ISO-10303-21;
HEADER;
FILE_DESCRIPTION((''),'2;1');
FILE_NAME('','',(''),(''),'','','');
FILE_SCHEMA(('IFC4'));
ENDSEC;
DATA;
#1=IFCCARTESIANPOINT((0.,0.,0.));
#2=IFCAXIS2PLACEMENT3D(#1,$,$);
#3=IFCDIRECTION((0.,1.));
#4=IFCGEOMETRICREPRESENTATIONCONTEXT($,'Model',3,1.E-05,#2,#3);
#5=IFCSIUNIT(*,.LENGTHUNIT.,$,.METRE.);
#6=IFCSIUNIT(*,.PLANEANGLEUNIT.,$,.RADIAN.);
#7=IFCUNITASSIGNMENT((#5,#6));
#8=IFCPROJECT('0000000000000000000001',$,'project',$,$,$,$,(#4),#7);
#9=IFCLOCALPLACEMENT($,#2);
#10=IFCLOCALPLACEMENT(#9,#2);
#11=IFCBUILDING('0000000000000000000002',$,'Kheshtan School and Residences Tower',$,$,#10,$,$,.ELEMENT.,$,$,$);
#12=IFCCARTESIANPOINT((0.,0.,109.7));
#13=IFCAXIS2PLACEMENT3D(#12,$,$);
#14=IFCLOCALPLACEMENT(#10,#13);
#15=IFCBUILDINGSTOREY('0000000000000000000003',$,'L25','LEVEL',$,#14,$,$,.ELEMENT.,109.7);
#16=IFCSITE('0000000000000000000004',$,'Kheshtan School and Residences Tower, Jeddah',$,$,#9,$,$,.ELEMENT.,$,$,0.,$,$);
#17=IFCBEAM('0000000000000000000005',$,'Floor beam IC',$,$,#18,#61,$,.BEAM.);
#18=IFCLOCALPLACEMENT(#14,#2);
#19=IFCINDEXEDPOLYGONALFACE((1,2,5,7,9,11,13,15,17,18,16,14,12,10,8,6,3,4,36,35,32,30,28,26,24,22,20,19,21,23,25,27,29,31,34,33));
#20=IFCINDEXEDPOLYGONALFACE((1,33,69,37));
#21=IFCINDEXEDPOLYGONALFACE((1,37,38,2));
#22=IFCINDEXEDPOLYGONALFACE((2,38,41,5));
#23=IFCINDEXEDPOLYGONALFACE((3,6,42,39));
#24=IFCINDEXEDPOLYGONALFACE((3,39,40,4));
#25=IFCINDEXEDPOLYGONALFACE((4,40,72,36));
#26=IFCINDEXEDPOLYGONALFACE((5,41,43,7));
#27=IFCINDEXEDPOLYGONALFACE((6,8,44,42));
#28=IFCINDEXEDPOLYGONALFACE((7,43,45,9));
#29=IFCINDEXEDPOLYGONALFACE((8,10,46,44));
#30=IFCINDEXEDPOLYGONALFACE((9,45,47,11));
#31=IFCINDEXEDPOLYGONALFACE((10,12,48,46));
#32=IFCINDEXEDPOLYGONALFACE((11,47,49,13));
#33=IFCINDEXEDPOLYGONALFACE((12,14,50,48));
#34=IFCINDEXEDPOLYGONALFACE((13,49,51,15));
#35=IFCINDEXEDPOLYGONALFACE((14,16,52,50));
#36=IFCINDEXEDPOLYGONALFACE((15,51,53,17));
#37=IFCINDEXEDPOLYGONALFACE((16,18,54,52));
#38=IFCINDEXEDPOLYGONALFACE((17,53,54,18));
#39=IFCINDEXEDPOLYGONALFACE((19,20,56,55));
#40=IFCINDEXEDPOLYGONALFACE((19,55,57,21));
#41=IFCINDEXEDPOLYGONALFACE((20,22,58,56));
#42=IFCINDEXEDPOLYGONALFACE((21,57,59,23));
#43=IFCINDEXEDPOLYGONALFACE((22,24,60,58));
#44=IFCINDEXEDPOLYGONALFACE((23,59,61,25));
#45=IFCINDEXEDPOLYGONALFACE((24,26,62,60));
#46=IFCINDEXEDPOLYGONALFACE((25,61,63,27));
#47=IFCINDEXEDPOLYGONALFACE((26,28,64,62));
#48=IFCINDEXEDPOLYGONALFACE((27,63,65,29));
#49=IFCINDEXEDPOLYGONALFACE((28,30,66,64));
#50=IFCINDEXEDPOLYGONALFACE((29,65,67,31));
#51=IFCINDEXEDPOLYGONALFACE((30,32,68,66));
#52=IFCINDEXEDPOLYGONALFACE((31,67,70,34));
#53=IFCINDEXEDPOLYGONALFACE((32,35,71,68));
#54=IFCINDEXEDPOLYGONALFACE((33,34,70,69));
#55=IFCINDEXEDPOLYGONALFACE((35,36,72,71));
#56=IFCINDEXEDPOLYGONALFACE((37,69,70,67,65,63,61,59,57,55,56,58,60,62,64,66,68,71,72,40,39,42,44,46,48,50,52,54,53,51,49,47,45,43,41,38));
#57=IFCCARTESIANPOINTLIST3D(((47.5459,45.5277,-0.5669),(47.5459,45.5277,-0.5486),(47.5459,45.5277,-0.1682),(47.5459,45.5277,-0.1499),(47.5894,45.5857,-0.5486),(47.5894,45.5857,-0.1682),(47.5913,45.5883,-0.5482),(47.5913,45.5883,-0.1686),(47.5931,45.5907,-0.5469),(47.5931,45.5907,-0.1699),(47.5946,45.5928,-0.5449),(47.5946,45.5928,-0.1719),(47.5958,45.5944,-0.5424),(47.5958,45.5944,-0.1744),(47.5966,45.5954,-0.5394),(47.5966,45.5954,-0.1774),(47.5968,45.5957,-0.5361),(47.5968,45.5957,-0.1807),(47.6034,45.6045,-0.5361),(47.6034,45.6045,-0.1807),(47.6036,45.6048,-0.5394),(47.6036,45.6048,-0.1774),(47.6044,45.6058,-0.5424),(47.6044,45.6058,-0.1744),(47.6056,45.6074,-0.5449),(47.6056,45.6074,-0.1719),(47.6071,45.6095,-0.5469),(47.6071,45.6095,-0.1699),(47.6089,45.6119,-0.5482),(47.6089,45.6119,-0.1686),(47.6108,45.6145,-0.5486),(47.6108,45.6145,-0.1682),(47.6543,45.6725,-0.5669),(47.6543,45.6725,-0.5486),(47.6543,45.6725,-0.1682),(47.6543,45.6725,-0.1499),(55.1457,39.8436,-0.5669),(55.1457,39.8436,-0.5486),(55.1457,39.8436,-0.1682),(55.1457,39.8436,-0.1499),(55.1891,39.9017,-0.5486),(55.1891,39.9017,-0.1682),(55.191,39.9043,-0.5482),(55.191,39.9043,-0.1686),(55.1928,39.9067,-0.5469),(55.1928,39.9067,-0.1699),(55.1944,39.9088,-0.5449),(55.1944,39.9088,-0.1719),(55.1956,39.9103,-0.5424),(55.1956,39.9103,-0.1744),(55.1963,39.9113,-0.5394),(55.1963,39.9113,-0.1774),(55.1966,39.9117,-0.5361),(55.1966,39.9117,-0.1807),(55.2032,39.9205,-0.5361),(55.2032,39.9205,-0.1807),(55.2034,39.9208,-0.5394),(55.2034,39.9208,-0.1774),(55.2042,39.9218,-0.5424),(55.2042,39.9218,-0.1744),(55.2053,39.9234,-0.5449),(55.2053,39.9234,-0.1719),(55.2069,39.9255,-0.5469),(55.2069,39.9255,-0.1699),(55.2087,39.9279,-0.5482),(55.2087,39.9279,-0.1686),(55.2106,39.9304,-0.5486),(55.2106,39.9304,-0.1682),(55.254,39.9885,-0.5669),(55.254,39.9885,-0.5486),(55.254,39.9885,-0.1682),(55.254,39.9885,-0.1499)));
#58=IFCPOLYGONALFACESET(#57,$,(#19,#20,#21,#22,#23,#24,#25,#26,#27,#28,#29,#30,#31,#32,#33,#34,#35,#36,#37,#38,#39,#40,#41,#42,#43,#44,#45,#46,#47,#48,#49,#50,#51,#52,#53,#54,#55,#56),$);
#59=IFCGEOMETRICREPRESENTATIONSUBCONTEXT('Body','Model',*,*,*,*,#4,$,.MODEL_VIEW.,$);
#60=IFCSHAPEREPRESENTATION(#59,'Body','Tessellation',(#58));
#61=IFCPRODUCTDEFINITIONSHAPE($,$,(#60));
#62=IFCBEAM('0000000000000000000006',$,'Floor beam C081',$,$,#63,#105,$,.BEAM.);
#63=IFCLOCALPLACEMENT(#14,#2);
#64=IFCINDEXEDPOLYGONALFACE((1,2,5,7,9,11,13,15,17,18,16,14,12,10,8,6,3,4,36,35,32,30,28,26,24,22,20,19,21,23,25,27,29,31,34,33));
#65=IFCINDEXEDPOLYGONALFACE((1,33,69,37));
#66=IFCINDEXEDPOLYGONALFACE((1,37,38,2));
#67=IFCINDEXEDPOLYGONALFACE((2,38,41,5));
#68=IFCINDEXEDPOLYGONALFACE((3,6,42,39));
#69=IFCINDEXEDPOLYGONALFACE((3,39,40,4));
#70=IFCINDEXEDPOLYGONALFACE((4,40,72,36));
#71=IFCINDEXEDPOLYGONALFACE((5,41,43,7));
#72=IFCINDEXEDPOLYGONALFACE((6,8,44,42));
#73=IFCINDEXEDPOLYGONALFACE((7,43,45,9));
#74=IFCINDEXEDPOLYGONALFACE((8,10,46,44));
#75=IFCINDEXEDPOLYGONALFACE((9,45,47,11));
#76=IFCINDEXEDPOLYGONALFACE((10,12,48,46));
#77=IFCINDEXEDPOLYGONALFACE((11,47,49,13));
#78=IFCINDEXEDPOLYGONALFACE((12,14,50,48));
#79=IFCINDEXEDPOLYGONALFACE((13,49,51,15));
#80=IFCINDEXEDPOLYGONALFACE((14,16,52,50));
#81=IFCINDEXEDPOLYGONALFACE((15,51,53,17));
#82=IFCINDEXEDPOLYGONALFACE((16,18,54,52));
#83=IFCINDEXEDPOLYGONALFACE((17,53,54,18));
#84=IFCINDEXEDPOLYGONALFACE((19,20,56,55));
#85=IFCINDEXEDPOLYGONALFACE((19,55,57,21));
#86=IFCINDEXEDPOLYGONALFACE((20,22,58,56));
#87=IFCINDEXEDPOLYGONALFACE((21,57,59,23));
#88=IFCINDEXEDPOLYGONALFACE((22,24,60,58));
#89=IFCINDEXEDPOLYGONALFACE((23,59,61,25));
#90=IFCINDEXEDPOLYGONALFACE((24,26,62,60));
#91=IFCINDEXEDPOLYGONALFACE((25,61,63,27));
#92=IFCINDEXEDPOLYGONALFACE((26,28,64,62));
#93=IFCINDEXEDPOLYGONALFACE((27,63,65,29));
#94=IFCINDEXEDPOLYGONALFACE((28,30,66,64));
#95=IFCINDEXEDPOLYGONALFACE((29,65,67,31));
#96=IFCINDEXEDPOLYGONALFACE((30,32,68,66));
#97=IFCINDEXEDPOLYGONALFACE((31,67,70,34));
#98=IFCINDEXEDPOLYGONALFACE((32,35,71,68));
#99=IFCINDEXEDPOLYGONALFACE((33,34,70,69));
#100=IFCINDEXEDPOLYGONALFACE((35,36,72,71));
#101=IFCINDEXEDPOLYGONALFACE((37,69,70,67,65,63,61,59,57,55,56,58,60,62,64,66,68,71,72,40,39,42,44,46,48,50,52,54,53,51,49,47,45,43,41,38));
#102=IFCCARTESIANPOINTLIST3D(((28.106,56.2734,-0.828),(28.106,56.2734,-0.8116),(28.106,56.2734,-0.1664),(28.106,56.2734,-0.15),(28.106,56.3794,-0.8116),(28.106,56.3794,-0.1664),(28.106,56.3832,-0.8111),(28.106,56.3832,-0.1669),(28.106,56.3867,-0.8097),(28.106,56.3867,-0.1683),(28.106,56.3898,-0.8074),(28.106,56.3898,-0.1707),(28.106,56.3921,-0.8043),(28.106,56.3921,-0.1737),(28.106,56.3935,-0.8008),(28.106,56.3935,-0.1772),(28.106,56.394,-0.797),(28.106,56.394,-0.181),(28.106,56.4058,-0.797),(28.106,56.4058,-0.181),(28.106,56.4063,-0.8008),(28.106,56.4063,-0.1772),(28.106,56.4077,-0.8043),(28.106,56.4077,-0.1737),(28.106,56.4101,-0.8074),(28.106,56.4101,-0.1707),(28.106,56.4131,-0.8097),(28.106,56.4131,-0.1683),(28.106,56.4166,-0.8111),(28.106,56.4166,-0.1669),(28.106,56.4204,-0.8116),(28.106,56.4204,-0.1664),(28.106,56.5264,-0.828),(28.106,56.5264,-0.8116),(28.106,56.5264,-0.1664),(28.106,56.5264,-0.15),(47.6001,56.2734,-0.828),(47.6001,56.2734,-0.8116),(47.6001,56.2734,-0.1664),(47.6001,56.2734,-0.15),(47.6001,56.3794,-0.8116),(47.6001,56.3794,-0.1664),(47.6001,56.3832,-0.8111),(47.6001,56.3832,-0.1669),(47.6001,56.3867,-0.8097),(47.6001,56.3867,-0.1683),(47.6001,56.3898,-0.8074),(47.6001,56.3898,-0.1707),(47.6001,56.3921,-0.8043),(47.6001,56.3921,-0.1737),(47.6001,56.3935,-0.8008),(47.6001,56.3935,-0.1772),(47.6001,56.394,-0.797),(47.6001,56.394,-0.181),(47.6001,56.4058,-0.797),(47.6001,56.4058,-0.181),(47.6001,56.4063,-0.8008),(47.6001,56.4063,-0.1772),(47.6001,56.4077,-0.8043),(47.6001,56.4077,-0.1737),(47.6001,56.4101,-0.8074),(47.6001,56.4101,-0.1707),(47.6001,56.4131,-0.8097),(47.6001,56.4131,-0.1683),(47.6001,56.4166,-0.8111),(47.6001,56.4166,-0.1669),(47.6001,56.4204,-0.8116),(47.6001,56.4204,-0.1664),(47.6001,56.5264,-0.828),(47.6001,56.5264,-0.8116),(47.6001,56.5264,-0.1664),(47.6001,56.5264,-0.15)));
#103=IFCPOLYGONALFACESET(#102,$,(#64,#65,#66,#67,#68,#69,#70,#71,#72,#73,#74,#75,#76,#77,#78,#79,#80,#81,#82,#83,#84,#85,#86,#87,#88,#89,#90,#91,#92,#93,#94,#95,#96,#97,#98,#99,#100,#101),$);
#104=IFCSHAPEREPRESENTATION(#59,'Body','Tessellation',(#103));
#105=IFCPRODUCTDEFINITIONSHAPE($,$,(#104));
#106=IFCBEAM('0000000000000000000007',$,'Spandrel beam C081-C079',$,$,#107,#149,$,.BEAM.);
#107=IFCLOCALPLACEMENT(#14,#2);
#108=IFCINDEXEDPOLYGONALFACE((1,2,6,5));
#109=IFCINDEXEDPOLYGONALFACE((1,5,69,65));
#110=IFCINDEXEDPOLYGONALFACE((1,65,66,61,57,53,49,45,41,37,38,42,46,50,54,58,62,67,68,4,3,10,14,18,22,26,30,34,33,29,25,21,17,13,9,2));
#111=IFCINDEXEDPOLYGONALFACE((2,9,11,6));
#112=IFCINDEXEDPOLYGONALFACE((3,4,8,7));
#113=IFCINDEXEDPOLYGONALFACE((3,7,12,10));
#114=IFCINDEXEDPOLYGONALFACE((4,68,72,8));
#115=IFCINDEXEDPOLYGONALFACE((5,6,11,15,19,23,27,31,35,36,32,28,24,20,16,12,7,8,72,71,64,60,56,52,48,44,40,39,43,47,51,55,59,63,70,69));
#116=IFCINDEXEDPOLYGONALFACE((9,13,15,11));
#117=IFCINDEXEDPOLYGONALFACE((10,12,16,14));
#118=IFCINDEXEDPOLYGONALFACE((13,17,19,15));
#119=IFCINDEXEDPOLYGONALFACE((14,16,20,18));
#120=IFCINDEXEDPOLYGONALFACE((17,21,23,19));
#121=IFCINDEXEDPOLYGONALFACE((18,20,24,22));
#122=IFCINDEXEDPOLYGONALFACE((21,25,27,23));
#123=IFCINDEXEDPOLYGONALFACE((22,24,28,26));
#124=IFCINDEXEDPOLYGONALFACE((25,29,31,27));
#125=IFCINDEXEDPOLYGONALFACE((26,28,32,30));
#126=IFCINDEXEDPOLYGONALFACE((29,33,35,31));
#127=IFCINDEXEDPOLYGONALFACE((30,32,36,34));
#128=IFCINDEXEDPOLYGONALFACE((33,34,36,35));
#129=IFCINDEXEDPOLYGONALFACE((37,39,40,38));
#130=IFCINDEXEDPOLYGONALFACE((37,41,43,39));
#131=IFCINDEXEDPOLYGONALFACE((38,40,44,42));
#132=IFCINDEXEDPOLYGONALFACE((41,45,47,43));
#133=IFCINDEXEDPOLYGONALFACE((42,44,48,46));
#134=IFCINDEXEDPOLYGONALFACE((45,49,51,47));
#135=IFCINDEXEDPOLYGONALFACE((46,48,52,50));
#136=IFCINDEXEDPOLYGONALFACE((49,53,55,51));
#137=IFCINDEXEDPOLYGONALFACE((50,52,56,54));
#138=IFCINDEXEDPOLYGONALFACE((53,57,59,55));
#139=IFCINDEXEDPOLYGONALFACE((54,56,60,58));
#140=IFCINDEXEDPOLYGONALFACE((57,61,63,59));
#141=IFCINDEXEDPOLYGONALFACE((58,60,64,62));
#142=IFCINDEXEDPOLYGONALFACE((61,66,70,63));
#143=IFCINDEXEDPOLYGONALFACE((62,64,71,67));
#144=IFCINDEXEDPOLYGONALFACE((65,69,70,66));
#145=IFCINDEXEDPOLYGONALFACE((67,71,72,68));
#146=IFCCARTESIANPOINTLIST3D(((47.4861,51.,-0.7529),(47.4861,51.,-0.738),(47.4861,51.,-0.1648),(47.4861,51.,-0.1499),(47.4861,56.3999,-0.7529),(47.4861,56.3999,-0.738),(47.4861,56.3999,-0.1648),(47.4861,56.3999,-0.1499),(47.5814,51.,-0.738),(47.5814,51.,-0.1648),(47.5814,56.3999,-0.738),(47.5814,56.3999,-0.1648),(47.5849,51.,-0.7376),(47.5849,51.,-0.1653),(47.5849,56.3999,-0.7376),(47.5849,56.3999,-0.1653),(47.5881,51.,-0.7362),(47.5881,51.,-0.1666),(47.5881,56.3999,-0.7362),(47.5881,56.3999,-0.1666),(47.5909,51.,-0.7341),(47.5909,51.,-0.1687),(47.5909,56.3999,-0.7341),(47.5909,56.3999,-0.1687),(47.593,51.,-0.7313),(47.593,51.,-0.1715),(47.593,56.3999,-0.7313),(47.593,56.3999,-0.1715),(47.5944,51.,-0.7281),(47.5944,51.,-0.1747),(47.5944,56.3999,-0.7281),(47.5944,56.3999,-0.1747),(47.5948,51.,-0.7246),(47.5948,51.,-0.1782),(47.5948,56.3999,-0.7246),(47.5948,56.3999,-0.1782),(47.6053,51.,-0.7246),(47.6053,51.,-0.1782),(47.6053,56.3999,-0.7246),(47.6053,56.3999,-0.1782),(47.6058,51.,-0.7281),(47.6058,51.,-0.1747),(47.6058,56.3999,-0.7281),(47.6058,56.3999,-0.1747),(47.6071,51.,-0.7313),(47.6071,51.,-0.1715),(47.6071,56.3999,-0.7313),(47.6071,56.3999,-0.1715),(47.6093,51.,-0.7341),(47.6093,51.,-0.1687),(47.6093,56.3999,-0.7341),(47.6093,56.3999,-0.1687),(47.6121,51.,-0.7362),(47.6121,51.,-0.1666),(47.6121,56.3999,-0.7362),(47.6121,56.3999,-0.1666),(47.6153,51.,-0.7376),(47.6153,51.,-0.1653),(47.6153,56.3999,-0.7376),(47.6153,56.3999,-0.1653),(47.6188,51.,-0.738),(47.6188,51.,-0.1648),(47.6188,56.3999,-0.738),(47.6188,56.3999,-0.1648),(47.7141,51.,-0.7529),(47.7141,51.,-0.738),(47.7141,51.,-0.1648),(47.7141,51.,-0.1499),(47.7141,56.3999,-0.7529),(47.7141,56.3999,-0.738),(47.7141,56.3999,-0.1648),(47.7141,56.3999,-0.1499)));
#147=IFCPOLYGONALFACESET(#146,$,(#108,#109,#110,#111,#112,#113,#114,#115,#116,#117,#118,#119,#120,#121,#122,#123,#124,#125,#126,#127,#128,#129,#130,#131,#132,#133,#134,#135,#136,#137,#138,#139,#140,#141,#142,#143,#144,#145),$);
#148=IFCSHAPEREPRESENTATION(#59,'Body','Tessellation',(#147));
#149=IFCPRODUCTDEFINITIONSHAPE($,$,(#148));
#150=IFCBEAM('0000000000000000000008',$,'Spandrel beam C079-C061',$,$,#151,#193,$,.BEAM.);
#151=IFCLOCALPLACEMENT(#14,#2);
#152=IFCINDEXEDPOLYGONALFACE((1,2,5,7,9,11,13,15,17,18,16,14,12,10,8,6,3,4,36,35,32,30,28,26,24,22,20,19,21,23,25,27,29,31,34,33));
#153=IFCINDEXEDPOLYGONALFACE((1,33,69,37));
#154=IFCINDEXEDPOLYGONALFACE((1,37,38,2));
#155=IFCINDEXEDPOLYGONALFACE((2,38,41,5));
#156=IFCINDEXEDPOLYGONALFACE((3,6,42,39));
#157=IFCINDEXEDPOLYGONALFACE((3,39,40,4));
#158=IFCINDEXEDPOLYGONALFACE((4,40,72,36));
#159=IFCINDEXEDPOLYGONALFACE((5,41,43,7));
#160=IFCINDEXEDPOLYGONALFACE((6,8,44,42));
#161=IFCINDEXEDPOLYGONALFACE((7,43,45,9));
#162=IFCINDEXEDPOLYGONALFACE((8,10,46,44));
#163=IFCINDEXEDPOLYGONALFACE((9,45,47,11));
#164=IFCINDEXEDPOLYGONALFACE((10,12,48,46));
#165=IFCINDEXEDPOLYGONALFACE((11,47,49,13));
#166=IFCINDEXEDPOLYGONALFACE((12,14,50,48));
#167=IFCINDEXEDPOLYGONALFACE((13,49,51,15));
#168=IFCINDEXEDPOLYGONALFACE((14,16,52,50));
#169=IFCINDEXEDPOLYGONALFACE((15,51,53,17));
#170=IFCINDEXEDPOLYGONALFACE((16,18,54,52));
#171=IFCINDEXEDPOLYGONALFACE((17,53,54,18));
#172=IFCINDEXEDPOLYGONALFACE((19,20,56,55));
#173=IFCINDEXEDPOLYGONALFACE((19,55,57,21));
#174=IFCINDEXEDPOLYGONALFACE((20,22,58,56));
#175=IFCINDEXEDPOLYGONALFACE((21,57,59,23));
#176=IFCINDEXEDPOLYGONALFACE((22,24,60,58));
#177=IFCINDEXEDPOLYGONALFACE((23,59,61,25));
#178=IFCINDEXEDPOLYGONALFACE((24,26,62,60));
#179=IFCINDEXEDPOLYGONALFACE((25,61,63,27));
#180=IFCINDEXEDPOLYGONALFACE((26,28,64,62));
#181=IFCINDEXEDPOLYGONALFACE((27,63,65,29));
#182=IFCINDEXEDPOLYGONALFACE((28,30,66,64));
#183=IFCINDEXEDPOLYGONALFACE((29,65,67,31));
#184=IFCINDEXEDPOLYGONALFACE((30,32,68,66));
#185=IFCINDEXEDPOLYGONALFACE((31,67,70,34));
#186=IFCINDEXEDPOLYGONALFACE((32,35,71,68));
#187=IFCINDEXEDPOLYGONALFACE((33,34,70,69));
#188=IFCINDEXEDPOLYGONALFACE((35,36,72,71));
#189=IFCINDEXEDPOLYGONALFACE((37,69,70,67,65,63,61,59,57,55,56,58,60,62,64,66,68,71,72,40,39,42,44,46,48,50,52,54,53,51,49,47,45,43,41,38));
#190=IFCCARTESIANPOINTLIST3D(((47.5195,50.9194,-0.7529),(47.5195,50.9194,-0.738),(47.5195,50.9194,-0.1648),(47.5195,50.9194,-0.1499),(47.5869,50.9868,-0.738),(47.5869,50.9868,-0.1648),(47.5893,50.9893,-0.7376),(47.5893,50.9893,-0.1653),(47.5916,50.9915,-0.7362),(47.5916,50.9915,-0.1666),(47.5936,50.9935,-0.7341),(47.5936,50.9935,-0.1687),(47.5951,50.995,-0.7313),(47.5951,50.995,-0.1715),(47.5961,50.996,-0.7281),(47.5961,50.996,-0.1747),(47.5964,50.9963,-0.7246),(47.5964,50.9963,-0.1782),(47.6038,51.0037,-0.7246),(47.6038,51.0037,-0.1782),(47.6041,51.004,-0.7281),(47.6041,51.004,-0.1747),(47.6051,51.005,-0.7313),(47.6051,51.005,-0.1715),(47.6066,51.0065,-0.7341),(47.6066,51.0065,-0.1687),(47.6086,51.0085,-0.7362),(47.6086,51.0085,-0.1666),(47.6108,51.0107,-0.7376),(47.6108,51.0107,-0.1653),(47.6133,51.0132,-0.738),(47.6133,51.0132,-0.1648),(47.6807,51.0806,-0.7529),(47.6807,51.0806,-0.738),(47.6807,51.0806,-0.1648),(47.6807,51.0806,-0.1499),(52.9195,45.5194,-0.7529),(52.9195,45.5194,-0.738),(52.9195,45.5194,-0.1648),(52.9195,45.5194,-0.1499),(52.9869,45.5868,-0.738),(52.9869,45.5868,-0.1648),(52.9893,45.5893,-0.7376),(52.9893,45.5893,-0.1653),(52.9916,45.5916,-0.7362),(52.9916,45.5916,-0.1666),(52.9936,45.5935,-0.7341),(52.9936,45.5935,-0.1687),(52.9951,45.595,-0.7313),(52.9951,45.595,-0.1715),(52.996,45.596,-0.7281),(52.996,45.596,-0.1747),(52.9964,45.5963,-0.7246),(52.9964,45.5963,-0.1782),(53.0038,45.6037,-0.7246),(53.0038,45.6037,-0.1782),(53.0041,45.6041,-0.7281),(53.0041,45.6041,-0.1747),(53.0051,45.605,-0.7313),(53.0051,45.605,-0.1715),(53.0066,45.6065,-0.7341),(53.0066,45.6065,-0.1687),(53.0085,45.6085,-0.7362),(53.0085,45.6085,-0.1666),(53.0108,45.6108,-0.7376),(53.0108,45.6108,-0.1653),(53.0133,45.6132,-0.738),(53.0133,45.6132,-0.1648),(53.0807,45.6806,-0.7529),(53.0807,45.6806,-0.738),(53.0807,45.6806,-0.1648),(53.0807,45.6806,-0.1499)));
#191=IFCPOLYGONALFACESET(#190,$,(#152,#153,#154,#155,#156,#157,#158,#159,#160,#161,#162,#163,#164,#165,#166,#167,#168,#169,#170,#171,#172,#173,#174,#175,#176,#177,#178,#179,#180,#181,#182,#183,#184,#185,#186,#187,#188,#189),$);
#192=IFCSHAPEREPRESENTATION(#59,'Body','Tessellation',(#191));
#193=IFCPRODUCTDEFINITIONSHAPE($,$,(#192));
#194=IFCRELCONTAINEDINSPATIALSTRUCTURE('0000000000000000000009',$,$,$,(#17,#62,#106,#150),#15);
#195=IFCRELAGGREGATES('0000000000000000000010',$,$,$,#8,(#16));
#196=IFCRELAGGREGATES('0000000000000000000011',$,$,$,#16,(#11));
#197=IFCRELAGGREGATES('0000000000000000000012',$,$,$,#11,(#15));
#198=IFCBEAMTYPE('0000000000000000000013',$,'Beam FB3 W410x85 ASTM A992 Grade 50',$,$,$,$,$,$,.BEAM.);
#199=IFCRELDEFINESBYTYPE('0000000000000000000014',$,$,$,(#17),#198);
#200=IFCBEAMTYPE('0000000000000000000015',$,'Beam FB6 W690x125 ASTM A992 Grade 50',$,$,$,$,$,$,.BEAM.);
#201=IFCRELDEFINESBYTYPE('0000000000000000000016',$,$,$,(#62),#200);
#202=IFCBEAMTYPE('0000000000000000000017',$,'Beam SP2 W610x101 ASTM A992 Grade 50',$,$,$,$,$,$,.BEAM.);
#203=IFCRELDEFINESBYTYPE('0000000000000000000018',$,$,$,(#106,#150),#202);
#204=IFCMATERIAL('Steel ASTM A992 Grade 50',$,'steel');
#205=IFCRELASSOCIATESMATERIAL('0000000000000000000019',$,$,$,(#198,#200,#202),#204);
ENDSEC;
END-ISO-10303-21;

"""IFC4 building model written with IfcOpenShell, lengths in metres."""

from ifc_helpers import new_model, si_unit, direction, frame, origin, origin_2d, place, context, subcontext, project, spatial, i_section, extrude, material, material_profile, profile_set, type_object, element, save


model = new_model("IFC4")

# Units and contexts
model_context = context("Model", 3, precision=1e-05, world=origin(), true_north=direction((0.0, 1.0)))
body_context = subcontext(model_context, "Body", "Model", "MODEL_VIEW")
ifc_project = project(units=[si_unit("LENGTHUNIT", "METRE"), si_unit("PLANEANGLEUNIT", "RADIAN")], contexts=[model_context])

# Site, building, storey
site_placement = place(None, origin())
site = spatial("IfcSite", under=ifc_project, at=site_placement, Name="Kheshtan School and Residences Tower, Jeddah", CompositionType="ELEMENT", RefElevation=0.0)
building_placement = place(site_placement, origin())
building = spatial("IfcBuilding", under=site, at=building_placement, Name="Kheshtan School and Residences Tower", CompositionType="ELEMENT")
storey_placement = place(building_placement, frame((0.0, 0.0, 109.7)))
storey = spatial("IfcBuildingStorey", under=building, at=storey_placement, Name="L25", Description="LEVEL", CompositionType="ELEMENT", Elevation=109.7)

# Shared definitions
ifc_material_1 = material(Name="Steel ASTM A992 Grade 50", Category="steel")

# Beams
ifc_material_profile_1 = material_profile(ifc_material_1, i_section(OverallWidth=0.1809, OverallDepth=0.417, WebThickness=0.011, FlangeThickness=0.0183, FilletRadius=0.0125, at=origin_2d()), Name="W410x85")
ifc_profile_set_1 = profile_set([ifc_material_profile_1], Name="Steel ASTM A992 Grade 50")
beam_type_1 = type_object("IfcBeamType", Name="Beam FB3 W410x85 ASTM A992 Grade 50", PredefinedType="BEAM", material=ifc_profile_set_1)
beam_1_placement = place(storey_placement, frame((47.6001, 45.6001, -0.3584), z_axis=(0.800799, -0.598933, 0.0), x_axis=(0.598933, 0.800799, 0.0)))
element("IfcBeam", 1, at=beam_1_placement, inside=storey, type_object=beam_type_1, Name="Floor beam IC", PredefinedType="BEAM", context=body_context, shape_type="SweptSolid", body=[
    extrude(i_section(OverallWidth=0.1809, OverallDepth=0.417, WebThickness=0.011, FlangeThickness=0.0183, FilletRadius=0.0125, at=origin_2d()), origin(), (0.0, 0.0, 1.0), 9.4902),
])
ifc_material_profile_2 = material_profile(ifc_material_1, i_section(OverallWidth=0.2529, OverallDepth=0.678, WebThickness=0.0117, FlangeThickness=0.0164, FilletRadius=0.0146, at=origin_2d()), Name="W690x125")
ifc_profile_set_2 = profile_set([ifc_material_profile_2], Name="Steel ASTM A992 Grade 50")
beam_type_2 = type_object("IfcBeamType", Name="Beam FB6 W690x125 ASTM A992 Grade 50", PredefinedType="BEAM", material=ifc_profile_set_2)
beam_2_placement = place(storey_placement, frame((47.6001, 56.3999, -0.489), z_axis=(-1.0, 0.0, 0.0), x_axis=(0.0, -1.0, 0.0)))
element("IfcBeam", 2, at=beam_2_placement, inside=storey, type_object=beam_type_2, Name="Floor beam C081", PredefinedType="BEAM", context=body_context, shape_type="SweptSolid", body=[
    extrude(i_section(OverallWidth=0.2529, OverallDepth=0.678, WebThickness=0.0117, FlangeThickness=0.0164, FilletRadius=0.0146, at=origin_2d()), origin(), (0.0, 0.0, 1.0), 19.4941),
])
ifc_material_profile_3 = material_profile(ifc_material_1, i_section(OverallWidth=0.228, OverallDepth=0.603, WebThickness=0.0105, FlangeThickness=0.0149, FilletRadius=0.0134, at=origin_2d()), Name="W610x101")
ifc_profile_set_3 = profile_set([ifc_material_profile_3], Name="Steel ASTM A992 Grade 50")
beam_type_3 = type_object("IfcBeamType", Name="Beam SP2 W610x101 ASTM A992 Grade 50", PredefinedType="BEAM", material=ifc_profile_set_3)
beam_3_placement = place(storey_placement, frame((47.6001, 56.3999, -0.4514), z_axis=(0.0, -1.0, 0.0), x_axis=(1.0, 0.0, 0.0)))
element("IfcBeam", 3, at=beam_3_placement, inside=storey, type_object=beam_type_3, Name="Spandrel beam C081-C079", PredefinedType="BEAM", context=body_context, shape_type="SweptSolid", body=[
    extrude(i_section(OverallWidth=0.228, OverallDepth=0.603, WebThickness=0.0105, FlangeThickness=0.0149, FilletRadius=0.0134, at=origin_2d()), origin(), (0.0, 0.0, 1.0), 5.3999),
])
beam_4_placement = place(storey_placement, frame((47.6001, 51.0, -0.4514), z_axis=(0.707107, -0.707107, 0.0), x_axis=(0.707107, 0.707107, 0.0)))
element("IfcBeam", 4, at=beam_4_placement, inside=storey, type_object=beam_type_3, Name="Spandrel beam C079-C061", PredefinedType="BEAM", context=body_context, shape_type="SweptSolid", body=[
    extrude(i_section(OverallWidth=0.228, OverallDepth=0.603, WebThickness=0.0105, FlangeThickness=0.0149, FilletRadius=0.0134, at=origin_2d()), origin(), (0.0, 0.0, 1.0), 7.6367),
])

save(model, "model.ifc")
